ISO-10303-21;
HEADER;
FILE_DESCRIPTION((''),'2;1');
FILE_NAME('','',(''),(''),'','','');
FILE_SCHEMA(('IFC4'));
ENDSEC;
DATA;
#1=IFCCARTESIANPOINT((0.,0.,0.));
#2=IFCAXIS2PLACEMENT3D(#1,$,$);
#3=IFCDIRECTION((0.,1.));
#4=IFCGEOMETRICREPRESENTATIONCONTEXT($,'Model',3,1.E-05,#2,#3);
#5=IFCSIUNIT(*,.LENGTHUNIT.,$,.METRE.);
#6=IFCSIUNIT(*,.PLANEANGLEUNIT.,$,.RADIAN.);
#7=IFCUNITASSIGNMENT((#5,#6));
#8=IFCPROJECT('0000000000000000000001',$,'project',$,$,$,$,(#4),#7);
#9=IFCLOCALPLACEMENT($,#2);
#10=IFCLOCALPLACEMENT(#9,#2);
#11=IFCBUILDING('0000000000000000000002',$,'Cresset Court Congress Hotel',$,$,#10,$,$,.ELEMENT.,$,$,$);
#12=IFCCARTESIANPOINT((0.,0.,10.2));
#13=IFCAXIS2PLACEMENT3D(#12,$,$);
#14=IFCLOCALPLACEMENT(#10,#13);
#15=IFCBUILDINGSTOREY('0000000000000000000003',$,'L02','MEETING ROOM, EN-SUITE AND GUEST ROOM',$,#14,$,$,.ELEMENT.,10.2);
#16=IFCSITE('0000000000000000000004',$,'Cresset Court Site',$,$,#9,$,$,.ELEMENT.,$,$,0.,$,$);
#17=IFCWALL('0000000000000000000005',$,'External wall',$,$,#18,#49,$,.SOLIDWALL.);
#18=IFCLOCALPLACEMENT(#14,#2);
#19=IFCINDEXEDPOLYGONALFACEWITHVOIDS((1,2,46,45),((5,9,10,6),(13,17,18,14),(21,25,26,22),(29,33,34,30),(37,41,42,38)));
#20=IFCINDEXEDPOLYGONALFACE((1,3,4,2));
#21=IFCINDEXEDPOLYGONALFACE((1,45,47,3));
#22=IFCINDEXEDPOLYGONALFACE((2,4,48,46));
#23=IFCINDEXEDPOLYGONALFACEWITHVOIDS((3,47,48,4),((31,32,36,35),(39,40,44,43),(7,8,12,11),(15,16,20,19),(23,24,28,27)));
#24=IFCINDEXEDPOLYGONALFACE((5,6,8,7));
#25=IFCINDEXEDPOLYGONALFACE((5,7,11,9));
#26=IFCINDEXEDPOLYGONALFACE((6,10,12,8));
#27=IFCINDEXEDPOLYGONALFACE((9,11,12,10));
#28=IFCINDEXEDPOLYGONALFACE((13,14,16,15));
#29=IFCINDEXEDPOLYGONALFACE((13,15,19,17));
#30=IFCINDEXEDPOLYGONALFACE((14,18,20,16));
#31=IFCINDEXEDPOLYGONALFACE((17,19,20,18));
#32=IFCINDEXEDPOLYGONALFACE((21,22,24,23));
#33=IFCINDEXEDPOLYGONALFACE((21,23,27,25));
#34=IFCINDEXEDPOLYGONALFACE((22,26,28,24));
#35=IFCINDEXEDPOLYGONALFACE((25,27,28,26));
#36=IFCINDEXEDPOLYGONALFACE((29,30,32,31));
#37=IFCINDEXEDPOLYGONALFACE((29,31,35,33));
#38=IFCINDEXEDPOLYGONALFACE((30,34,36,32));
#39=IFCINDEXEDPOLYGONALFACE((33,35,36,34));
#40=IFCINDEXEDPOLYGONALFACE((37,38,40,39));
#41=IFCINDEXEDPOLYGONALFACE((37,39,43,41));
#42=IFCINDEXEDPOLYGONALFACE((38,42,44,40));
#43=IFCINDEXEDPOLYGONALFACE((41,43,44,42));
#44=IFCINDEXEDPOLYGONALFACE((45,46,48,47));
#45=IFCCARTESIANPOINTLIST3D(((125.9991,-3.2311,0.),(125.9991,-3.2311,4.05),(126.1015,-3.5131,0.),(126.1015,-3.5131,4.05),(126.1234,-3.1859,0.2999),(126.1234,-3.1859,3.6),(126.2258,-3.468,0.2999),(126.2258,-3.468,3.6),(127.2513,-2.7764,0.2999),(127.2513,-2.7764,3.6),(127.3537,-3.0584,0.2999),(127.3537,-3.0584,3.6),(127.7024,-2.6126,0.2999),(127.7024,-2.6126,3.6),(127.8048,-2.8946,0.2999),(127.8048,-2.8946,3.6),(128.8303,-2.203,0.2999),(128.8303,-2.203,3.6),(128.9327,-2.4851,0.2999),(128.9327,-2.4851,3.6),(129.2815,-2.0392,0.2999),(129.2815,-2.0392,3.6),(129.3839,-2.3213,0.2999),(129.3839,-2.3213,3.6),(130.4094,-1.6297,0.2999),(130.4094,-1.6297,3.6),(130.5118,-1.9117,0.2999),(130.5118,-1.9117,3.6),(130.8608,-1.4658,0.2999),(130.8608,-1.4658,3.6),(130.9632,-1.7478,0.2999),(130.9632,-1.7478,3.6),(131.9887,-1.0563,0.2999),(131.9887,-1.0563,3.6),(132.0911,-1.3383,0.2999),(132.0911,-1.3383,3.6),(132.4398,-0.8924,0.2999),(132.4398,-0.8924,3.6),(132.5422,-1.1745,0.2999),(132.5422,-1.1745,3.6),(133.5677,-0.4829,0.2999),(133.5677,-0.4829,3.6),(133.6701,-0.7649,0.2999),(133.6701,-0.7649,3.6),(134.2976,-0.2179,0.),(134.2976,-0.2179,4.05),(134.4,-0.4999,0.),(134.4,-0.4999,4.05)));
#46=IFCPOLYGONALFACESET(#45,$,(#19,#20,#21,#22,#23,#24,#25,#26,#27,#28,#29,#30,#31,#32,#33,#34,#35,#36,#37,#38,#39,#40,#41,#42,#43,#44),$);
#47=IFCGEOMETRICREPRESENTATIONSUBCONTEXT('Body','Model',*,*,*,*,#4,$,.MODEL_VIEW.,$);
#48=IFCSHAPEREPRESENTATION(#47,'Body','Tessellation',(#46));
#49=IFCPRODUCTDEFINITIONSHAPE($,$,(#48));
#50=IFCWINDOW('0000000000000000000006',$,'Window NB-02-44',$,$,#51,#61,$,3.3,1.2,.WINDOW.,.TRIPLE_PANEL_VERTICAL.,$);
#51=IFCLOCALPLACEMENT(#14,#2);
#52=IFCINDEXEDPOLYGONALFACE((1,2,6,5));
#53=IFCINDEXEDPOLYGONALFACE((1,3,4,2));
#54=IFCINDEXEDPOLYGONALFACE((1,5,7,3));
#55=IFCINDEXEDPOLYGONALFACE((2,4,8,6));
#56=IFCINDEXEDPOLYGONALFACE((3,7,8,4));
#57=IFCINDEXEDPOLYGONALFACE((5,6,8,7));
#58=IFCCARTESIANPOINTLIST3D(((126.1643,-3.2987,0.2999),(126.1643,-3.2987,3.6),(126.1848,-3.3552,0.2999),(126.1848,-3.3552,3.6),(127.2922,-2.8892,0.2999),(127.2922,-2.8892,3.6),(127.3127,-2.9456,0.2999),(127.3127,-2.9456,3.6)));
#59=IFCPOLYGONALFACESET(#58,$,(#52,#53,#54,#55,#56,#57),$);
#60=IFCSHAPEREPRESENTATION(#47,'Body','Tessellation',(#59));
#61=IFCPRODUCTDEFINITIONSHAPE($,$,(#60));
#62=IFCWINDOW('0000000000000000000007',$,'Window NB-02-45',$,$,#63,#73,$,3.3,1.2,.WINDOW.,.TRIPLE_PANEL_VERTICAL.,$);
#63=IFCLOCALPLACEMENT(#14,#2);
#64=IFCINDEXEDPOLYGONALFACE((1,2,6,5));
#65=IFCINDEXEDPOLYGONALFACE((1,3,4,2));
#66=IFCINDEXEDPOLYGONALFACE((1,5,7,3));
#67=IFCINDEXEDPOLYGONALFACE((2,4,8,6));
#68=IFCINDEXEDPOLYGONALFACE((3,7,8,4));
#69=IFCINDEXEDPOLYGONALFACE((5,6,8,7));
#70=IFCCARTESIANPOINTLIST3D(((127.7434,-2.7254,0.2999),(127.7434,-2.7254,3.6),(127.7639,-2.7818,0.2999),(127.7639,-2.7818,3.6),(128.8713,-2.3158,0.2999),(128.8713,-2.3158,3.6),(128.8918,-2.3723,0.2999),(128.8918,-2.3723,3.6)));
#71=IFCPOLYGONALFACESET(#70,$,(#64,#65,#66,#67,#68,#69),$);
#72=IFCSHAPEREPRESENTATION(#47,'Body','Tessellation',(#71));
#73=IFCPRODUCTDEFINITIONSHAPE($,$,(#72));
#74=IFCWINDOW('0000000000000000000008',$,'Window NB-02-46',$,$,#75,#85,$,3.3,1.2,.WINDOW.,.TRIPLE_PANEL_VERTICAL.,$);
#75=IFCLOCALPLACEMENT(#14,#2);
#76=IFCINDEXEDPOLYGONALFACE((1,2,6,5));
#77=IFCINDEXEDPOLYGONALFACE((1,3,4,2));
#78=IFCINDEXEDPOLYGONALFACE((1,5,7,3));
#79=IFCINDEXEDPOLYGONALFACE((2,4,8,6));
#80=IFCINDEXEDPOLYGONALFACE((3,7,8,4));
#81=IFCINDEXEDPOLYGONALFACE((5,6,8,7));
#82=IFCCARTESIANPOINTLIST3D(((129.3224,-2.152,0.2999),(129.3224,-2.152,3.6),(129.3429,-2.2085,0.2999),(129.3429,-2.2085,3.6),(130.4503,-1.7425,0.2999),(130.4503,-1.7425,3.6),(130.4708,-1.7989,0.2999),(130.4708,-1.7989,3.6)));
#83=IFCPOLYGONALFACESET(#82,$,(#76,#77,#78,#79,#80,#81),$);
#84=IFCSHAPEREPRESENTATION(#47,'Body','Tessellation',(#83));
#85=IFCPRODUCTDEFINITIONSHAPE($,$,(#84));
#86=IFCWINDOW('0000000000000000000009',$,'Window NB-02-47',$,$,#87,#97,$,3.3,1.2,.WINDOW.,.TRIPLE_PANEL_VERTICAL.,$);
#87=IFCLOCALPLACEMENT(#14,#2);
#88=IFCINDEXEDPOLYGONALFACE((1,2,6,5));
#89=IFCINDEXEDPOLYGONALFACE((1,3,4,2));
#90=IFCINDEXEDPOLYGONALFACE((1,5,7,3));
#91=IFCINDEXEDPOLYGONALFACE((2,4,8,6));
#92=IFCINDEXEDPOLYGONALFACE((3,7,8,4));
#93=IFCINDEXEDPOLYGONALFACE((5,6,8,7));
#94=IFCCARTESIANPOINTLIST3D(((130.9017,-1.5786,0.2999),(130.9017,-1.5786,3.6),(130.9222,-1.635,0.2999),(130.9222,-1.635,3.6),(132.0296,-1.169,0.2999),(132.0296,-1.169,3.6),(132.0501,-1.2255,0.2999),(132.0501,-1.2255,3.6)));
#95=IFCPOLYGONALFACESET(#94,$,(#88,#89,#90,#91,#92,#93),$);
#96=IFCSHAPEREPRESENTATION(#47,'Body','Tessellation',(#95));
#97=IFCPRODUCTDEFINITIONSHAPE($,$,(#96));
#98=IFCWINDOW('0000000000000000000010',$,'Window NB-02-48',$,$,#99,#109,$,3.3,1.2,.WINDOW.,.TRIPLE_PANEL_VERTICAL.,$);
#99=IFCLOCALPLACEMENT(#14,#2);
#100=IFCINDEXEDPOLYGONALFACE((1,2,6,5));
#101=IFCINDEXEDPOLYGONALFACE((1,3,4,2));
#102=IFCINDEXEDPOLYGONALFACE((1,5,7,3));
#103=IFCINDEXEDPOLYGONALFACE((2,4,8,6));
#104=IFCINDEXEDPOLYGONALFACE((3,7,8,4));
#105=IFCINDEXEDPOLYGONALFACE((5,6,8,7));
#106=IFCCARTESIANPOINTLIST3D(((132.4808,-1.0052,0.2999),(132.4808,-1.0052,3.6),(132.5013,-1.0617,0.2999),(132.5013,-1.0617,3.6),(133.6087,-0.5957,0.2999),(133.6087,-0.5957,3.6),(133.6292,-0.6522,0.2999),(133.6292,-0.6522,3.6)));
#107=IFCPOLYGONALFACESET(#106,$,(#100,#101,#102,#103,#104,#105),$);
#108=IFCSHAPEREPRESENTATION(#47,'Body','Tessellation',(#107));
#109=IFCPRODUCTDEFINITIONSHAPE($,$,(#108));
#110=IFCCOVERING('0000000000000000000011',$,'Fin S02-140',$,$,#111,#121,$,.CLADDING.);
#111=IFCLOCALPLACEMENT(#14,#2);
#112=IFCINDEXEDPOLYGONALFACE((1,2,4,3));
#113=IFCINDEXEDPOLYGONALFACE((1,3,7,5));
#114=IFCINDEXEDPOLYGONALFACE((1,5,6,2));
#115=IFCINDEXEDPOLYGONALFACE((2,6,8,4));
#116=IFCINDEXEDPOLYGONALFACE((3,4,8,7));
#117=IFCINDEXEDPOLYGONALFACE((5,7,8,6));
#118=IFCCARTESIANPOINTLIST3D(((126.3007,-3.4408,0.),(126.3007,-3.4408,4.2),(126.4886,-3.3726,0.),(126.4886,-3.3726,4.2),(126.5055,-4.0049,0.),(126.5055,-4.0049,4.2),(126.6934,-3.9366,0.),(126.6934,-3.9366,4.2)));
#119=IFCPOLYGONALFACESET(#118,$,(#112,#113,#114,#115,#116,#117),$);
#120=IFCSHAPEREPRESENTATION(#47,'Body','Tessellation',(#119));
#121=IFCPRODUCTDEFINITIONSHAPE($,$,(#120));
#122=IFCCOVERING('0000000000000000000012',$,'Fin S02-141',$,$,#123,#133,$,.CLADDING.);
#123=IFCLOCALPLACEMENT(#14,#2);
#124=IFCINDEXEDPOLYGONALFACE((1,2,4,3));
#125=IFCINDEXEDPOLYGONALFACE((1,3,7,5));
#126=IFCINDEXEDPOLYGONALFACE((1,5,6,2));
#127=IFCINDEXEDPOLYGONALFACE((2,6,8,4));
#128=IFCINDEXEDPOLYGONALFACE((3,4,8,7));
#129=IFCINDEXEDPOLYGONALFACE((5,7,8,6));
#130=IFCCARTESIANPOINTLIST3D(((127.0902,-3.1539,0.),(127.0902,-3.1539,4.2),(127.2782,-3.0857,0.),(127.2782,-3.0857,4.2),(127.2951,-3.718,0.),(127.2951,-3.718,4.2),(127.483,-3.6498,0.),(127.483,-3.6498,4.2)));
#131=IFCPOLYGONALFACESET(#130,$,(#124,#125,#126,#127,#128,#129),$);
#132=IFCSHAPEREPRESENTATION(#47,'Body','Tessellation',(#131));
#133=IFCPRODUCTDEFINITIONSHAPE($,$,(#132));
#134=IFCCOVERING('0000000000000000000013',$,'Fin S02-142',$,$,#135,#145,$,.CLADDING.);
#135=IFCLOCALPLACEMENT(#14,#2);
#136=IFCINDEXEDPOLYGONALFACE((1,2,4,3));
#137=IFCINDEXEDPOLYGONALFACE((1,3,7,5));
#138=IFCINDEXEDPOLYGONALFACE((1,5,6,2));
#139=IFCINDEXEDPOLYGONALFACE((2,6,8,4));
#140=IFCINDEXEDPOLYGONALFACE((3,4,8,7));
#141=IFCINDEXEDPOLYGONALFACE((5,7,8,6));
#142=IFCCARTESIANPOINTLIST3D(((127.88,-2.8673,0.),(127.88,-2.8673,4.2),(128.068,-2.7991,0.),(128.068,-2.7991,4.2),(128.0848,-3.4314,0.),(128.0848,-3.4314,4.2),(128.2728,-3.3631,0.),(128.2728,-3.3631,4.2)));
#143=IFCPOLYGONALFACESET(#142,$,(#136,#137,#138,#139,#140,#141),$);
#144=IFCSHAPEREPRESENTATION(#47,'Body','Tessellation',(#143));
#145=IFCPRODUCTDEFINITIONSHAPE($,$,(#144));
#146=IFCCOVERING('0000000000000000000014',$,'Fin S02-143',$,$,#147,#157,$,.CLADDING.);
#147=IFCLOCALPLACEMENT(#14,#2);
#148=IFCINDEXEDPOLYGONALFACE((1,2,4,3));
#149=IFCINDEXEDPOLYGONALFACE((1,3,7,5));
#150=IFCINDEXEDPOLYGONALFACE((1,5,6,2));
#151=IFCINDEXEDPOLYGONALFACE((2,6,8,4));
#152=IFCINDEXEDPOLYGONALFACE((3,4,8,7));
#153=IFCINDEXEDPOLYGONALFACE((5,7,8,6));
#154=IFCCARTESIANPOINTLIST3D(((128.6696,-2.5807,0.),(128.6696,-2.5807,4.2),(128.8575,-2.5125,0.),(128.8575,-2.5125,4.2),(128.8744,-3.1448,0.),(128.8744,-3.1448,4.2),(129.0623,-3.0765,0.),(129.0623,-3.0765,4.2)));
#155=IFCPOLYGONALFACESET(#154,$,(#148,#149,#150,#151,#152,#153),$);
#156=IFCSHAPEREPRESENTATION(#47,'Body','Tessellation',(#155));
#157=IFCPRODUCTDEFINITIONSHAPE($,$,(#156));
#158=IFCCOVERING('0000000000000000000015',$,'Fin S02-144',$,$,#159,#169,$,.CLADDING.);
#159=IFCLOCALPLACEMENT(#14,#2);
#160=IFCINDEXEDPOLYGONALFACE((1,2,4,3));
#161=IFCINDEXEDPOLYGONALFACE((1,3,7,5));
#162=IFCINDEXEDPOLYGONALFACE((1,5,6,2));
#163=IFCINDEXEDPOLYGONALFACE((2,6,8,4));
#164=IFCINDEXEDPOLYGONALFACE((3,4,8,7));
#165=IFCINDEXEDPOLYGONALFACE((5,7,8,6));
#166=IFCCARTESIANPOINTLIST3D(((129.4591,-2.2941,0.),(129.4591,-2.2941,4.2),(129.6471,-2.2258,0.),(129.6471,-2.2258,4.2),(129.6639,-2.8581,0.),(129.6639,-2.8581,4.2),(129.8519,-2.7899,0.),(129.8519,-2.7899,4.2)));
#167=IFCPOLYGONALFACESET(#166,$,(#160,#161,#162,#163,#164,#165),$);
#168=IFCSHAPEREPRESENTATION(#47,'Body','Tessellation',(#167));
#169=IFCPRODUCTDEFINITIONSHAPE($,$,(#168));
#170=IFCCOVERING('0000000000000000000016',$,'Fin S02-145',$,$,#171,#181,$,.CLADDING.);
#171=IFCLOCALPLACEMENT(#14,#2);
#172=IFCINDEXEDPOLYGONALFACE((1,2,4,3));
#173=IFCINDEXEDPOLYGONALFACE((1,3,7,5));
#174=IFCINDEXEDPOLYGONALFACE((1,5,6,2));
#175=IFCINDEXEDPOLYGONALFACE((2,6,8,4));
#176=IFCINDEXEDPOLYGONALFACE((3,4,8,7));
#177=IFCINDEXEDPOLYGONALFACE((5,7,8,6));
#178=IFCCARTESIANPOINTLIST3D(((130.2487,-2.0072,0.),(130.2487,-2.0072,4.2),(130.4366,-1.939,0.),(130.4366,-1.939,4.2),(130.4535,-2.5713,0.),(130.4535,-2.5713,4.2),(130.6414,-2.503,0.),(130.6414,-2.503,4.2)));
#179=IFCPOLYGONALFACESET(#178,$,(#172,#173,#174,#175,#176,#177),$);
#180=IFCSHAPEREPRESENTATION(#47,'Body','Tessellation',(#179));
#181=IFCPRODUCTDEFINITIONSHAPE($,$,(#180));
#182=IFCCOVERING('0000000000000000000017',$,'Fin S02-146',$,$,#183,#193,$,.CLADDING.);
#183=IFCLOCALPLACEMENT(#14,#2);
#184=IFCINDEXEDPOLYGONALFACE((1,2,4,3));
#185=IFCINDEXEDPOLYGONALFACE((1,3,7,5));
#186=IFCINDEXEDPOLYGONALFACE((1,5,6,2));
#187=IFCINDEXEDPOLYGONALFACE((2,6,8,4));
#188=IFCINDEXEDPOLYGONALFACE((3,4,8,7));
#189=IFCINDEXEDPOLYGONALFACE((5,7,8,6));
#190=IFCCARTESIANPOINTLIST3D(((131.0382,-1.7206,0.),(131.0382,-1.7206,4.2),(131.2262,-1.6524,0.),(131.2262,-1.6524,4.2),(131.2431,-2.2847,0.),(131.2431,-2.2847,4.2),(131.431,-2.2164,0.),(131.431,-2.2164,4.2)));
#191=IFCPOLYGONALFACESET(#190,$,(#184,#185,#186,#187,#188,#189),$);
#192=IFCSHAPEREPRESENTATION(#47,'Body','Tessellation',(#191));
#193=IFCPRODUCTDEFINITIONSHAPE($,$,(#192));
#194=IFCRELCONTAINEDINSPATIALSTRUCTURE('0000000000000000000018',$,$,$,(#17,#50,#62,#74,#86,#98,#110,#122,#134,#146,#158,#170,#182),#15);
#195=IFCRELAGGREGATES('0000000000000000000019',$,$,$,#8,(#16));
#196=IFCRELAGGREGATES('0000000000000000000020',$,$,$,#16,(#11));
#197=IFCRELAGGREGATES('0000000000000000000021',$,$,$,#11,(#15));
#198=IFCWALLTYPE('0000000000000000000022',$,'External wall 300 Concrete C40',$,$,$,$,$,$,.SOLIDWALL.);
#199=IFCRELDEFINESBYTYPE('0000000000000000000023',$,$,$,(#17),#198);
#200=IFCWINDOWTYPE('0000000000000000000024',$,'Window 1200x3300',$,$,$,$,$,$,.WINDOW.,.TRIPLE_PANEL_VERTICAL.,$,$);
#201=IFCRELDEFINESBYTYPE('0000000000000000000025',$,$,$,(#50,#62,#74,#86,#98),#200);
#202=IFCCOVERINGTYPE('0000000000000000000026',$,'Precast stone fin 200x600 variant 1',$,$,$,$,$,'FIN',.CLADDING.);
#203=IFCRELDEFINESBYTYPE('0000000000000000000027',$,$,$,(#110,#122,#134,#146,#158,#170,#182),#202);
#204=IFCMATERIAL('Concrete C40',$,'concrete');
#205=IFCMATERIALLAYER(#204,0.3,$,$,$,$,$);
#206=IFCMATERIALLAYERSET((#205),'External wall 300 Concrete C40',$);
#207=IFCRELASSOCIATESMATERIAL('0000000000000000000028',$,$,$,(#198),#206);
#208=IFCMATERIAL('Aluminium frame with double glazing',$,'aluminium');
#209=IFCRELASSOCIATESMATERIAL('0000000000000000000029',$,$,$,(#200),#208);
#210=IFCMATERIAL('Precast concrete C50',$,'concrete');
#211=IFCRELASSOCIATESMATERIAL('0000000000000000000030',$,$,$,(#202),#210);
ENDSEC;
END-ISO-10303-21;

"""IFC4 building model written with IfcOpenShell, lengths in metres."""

from ifc_helpers import new_model, si_unit, direction, frame, frame_2d, origin, origin_2d, place, context, subcontext, project, spatial, rectangle, extrude, material, layer, layer_set, type_object, element, fill, save


model = new_model("IFC4")

# Units and contexts
model_context = context("Model", 3, precision=1e-05, world=origin(), true_north=direction((0.0, 1.0)))
body_context = subcontext(model_context, "Body", "Model", "MODEL_VIEW")
ifc_project = project(units=[si_unit("LENGTHUNIT", "METRE"), si_unit("PLANEANGLEUNIT", "RADIAN")], contexts=[model_context])

# Site, building, storey
site_placement = place(None, origin())
site = spatial("IfcSite", under=ifc_project, at=site_placement, Name="Cresset Court Site", CompositionType="ELEMENT", RefElevation=0.0)
building_placement = place(site_placement, origin())
building = spatial("IfcBuilding", under=site, at=building_placement, Name="Cresset Court Congress Hotel", CompositionType="ELEMENT")
storey_placement = place(building_placement, frame((0.0, 0.0, 10.2)))
storey = spatial("IfcBuildingStorey", under=building, at=storey_placement, Name="L02", Description="MEETING ROOM, EN-SUITE AND GUEST ROOM", CompositionType="ELEMENT", Elevation=10.2)

# Shared definitions
ifc_material_1 = material(Name="Concrete C40", Category="concrete")
ifc_layer_1 = layer(ifc_material_1, 0.3)
ifc_layer_set_1 = layer_set([ifc_layer_1], Name="External wall 300 Concrete C40")
wall_type_1 = type_object("IfcWallType", Name="External wall 300 Concrete C40", PredefinedType="SOLIDWALL", material=ifc_layer_set_1)

# Wall, openings, windows
wall_1_placement = place(storey_placement, frame((126.0503, -3.3721, 0.0), z_axis=(0.0, 0.0, 1.0), x_axis=(0.939956, 0.341295, 0.0)))
wall_1 = element("IfcWall", 1, at=wall_1_placement, inside=storey, type_object=wall_type_1, Name="External wall", PredefinedType="SOLIDWALL", context=body_context, shape_type="SweptSolid", body=[
    extrude(rectangle(XDim=8.8286, YDim=0.3, at=frame_2d((4.4143, 0.0))), origin(), (0.0, 0.0, 1.0), 4.05),
])
opening_1_placement = place(wall_1_placement, frame((0.1321, 0.0, 0.3)))
opening_1 = element("IfcOpeningElement", 2, at=opening_1_placement, cuts=wall_1, PredefinedType="OPENING", context=body_context, shape_type="SweptSolid", body=[
    extrude(rectangle(XDim=1.2, YDim=3.3, at=frame_2d((0.6001, 1.6499))), frame((0.0, 0.1599, 0.0), z_axis=(0.0, -1.0, 0.0), x_axis=(1.0, 0.0, 0.0)), (0.0, 0.0, 1.0), 0.3201),
])
opening_2_placement = place(wall_1_placement, frame((1.812, 0.0, 0.3)))
opening_2 = element("IfcOpeningElement", 3, at=opening_2_placement, cuts=wall_1, PredefinedType="OPENING", context=body_context, shape_type="SweptSolid", body=[
    extrude(rectangle(XDim=1.2, YDim=3.3, at=frame_2d((0.6001, 1.6499))), frame((0.0, 0.1599, 0.0), z_axis=(0.0, -1.0, 0.0), x_axis=(1.0, 0.0, 0.0)), (0.0, 0.0, 1.0), 0.3201),
])
opening_3_placement = place(wall_1_placement, frame((3.4919, 0.0, 0.3)))
opening_3 = element("IfcOpeningElement", 4, at=opening_3_placement, cuts=wall_1, PredefinedType="OPENING", context=body_context, shape_type="SweptSolid", body=[
    extrude(rectangle(XDim=1.2, YDim=3.3, at=frame_2d((0.6001, 1.6499))), frame((0.0, 0.1599, 0.0), z_axis=(0.0, -1.0, 0.0), x_axis=(1.0, 0.0, 0.0)), (0.0, 0.0, 1.0), 0.3201),
])
opening_4_placement = place(wall_1_placement, frame((5.1721, 0.0, 0.3)))
opening_4 = element("IfcOpeningElement", 5, at=opening_4_placement, cuts=wall_1, PredefinedType="OPENING", context=body_context, shape_type="SweptSolid", body=[
    extrude(rectangle(XDim=1.2, YDim=3.3, at=frame_2d((0.6001, 1.6499))), frame((0.0, 0.1599, 0.0), z_axis=(0.0, -1.0, 0.0), x_axis=(1.0, 0.0, 0.0)), (0.0, 0.0, 1.0), 0.3201),
])
opening_5_placement = place(wall_1_placement, frame((6.8521, 0.0, 0.3)))
opening_5 = element("IfcOpeningElement", 6, at=opening_5_placement, cuts=wall_1, PredefinedType="OPENING", context=body_context, shape_type="SweptSolid", body=[
    extrude(rectangle(XDim=1.2, YDim=3.3, at=frame_2d((0.6001, 1.6499))), frame((0.0, 0.1599, 0.0), z_axis=(0.0, -1.0, 0.0), x_axis=(1.0, 0.0, 0.0)), (0.0, 0.0, 1.0), 0.3201),
])
ifc_material_2 = material(Name="Aluminium frame with double glazing", Category="aluminium")
window_type = type_object("IfcWindowType", Name="Window 1200x3300", PartitioningType="TRIPLE_PANEL_VERTICAL", PredefinedType="WINDOW", material=ifc_material_2)
window_1_placement = place(opening_1_placement, origin())
window_1 = element("IfcWindow", 7, at=window_1_placement, inside=storey, type_object=window_type, Name="Window NB-02-44", OverallHeight=3.3, OverallWidth=1.2, PartitioningType="TRIPLE_PANEL_VERTICAL", PredefinedType="WINDOW", context=body_context, shape_type="SweptSolid", body=[
    extrude(rectangle(XDim=1.2, YDim=3.3, at=frame_2d((0.6001, 1.6499))), frame((0.0, 0.03, 0.0), z_axis=(0.0, -1.0, 0.0), x_axis=(1.0, 0.0, 0.0)), (0.0, 0.0, 1.0), 0.0601),
])
fill(opening_1, window_1)
window_2_placement = place(opening_2_placement, origin())
window_2 = element("IfcWindow", 8, at=window_2_placement, inside=storey, type_object=window_type, Name="Window NB-02-45", OverallHeight=3.3, OverallWidth=1.2, PartitioningType="TRIPLE_PANEL_VERTICAL", PredefinedType="WINDOW", context=body_context, shape_type="SweptSolid", body=[
    extrude(rectangle(XDim=1.2, YDim=3.3, at=frame_2d((0.6001, 1.6499))), frame((0.0, 0.03, 0.0), z_axis=(0.0, -1.0, 0.0), x_axis=(1.0, 0.0, 0.0)), (0.0, 0.0, 1.0), 0.0601),
])
fill(opening_2, window_2)
window_3_placement = place(opening_3_placement, origin())
window_3 = element("IfcWindow", 9, at=window_3_placement, inside=storey, type_object=window_type, Name="Window NB-02-46", OverallHeight=3.3, OverallWidth=1.2, PartitioningType="TRIPLE_PANEL_VERTICAL", PredefinedType="WINDOW", context=body_context, shape_type="SweptSolid", body=[
    extrude(rectangle(XDim=1.2, YDim=3.3, at=frame_2d((0.6001, 1.6499))), frame((0.0, 0.03, 0.0), z_axis=(0.0, -1.0, 0.0), x_axis=(1.0, 0.0, 0.0)), (0.0, 0.0, 1.0), 0.0601),
])
fill(opening_3, window_3)
window_4_placement = place(opening_4_placement, origin())
window_4 = element("IfcWindow", 10, at=window_4_placement, inside=storey, type_object=window_type, Name="Window NB-02-47", OverallHeight=3.3, OverallWidth=1.2, PartitioningType="TRIPLE_PANEL_VERTICAL", PredefinedType="WINDOW", context=body_context, shape_type="SweptSolid", body=[
    extrude(rectangle(XDim=1.2, YDim=3.3, at=frame_2d((0.6001, 1.6499))), frame((0.0, 0.03, 0.0), z_axis=(0.0, -1.0, 0.0), x_axis=(1.0, 0.0, 0.0)), (0.0, 0.0, 1.0), 0.0601),
])
fill(opening_4, window_4)
window_5_placement = place(opening_5_placement, origin())
window_5 = element("IfcWindow", 11, at=window_5_placement, inside=storey, type_object=window_type, Name="Window NB-02-48", OverallHeight=3.3, OverallWidth=1.2, PartitioningType="TRIPLE_PANEL_VERTICAL", PredefinedType="WINDOW", context=body_context, shape_type="SweptSolid", body=[
    extrude(rectangle(XDim=1.2, YDim=3.3, at=frame_2d((0.6001, 1.6499))), frame((0.0, 0.03, 0.0), z_axis=(0.0, -1.0, 0.0), x_axis=(1.0, 0.0, 0.0)), (0.0, 0.0, 1.0), 0.0601),
])
fill(opening_5, window_5)

# Coverings
ifc_material_3 = material(Name="Precast concrete C50", Category="concrete")
covering_type = type_object("IfcCoveringType", Name="Precast stone fin 200x600 variant 1", ElementType="FIN", PredefinedType="CLADDING", material=ifc_material_3)
for number, where, z_axis, x_axis, name in (
    (12, (126.4971, -3.6887, 0.0), (0.0, 0.0, 1.0), (0.939957, 0.341293, 0.0), "Fin S02-140"),
    (13, (127.2866, -3.4019, 0.0), (0.0, 0.0, 1.0), (0.939957, 0.341293, 0.0), "Fin S02-141"),
    (14, (128.0764, -3.1152, 0.0), (0.0, 0.0, 1.0), (0.939957, 0.341293, 0.0), "Fin S02-142"),
    (15, (128.866, -2.8286, 0.0), (0.0, 0.0, 1.0), (0.939957, 0.341293, 0.0), "Fin S02-143"),
    (16, (129.6555, -2.542, 0.0), (0.0, 0.0, 1.0), (0.939957, 0.341293, 0.0), "Fin S02-144"),
    (17, (130.4451, -2.2551, 0.0), (0.0, 0.0, 1.0), (0.939957, 0.341293, 0.0), "Fin S02-145"),
    (18, (131.2346, -1.9685, 0.0), (0.0, 0.0, 1.0), (0.939957, 0.341293, 0.0), "Fin S02-146"),
):
    element("IfcCovering", number, at=place(storey_placement, frame(where, z_axis=z_axis, x_axis=x_axis)), inside=storey, type_object=covering_type, Name=name, PredefinedType="CLADDING", context=body_context, shape_type="SweptSolid", body=[
        extrude(rectangle(XDim=0.2, YDim=0.6001, at=origin_2d()), origin(), (0.0, 0.0, 1.0), 4.2),
    ])

save(model, "model.ifc")
